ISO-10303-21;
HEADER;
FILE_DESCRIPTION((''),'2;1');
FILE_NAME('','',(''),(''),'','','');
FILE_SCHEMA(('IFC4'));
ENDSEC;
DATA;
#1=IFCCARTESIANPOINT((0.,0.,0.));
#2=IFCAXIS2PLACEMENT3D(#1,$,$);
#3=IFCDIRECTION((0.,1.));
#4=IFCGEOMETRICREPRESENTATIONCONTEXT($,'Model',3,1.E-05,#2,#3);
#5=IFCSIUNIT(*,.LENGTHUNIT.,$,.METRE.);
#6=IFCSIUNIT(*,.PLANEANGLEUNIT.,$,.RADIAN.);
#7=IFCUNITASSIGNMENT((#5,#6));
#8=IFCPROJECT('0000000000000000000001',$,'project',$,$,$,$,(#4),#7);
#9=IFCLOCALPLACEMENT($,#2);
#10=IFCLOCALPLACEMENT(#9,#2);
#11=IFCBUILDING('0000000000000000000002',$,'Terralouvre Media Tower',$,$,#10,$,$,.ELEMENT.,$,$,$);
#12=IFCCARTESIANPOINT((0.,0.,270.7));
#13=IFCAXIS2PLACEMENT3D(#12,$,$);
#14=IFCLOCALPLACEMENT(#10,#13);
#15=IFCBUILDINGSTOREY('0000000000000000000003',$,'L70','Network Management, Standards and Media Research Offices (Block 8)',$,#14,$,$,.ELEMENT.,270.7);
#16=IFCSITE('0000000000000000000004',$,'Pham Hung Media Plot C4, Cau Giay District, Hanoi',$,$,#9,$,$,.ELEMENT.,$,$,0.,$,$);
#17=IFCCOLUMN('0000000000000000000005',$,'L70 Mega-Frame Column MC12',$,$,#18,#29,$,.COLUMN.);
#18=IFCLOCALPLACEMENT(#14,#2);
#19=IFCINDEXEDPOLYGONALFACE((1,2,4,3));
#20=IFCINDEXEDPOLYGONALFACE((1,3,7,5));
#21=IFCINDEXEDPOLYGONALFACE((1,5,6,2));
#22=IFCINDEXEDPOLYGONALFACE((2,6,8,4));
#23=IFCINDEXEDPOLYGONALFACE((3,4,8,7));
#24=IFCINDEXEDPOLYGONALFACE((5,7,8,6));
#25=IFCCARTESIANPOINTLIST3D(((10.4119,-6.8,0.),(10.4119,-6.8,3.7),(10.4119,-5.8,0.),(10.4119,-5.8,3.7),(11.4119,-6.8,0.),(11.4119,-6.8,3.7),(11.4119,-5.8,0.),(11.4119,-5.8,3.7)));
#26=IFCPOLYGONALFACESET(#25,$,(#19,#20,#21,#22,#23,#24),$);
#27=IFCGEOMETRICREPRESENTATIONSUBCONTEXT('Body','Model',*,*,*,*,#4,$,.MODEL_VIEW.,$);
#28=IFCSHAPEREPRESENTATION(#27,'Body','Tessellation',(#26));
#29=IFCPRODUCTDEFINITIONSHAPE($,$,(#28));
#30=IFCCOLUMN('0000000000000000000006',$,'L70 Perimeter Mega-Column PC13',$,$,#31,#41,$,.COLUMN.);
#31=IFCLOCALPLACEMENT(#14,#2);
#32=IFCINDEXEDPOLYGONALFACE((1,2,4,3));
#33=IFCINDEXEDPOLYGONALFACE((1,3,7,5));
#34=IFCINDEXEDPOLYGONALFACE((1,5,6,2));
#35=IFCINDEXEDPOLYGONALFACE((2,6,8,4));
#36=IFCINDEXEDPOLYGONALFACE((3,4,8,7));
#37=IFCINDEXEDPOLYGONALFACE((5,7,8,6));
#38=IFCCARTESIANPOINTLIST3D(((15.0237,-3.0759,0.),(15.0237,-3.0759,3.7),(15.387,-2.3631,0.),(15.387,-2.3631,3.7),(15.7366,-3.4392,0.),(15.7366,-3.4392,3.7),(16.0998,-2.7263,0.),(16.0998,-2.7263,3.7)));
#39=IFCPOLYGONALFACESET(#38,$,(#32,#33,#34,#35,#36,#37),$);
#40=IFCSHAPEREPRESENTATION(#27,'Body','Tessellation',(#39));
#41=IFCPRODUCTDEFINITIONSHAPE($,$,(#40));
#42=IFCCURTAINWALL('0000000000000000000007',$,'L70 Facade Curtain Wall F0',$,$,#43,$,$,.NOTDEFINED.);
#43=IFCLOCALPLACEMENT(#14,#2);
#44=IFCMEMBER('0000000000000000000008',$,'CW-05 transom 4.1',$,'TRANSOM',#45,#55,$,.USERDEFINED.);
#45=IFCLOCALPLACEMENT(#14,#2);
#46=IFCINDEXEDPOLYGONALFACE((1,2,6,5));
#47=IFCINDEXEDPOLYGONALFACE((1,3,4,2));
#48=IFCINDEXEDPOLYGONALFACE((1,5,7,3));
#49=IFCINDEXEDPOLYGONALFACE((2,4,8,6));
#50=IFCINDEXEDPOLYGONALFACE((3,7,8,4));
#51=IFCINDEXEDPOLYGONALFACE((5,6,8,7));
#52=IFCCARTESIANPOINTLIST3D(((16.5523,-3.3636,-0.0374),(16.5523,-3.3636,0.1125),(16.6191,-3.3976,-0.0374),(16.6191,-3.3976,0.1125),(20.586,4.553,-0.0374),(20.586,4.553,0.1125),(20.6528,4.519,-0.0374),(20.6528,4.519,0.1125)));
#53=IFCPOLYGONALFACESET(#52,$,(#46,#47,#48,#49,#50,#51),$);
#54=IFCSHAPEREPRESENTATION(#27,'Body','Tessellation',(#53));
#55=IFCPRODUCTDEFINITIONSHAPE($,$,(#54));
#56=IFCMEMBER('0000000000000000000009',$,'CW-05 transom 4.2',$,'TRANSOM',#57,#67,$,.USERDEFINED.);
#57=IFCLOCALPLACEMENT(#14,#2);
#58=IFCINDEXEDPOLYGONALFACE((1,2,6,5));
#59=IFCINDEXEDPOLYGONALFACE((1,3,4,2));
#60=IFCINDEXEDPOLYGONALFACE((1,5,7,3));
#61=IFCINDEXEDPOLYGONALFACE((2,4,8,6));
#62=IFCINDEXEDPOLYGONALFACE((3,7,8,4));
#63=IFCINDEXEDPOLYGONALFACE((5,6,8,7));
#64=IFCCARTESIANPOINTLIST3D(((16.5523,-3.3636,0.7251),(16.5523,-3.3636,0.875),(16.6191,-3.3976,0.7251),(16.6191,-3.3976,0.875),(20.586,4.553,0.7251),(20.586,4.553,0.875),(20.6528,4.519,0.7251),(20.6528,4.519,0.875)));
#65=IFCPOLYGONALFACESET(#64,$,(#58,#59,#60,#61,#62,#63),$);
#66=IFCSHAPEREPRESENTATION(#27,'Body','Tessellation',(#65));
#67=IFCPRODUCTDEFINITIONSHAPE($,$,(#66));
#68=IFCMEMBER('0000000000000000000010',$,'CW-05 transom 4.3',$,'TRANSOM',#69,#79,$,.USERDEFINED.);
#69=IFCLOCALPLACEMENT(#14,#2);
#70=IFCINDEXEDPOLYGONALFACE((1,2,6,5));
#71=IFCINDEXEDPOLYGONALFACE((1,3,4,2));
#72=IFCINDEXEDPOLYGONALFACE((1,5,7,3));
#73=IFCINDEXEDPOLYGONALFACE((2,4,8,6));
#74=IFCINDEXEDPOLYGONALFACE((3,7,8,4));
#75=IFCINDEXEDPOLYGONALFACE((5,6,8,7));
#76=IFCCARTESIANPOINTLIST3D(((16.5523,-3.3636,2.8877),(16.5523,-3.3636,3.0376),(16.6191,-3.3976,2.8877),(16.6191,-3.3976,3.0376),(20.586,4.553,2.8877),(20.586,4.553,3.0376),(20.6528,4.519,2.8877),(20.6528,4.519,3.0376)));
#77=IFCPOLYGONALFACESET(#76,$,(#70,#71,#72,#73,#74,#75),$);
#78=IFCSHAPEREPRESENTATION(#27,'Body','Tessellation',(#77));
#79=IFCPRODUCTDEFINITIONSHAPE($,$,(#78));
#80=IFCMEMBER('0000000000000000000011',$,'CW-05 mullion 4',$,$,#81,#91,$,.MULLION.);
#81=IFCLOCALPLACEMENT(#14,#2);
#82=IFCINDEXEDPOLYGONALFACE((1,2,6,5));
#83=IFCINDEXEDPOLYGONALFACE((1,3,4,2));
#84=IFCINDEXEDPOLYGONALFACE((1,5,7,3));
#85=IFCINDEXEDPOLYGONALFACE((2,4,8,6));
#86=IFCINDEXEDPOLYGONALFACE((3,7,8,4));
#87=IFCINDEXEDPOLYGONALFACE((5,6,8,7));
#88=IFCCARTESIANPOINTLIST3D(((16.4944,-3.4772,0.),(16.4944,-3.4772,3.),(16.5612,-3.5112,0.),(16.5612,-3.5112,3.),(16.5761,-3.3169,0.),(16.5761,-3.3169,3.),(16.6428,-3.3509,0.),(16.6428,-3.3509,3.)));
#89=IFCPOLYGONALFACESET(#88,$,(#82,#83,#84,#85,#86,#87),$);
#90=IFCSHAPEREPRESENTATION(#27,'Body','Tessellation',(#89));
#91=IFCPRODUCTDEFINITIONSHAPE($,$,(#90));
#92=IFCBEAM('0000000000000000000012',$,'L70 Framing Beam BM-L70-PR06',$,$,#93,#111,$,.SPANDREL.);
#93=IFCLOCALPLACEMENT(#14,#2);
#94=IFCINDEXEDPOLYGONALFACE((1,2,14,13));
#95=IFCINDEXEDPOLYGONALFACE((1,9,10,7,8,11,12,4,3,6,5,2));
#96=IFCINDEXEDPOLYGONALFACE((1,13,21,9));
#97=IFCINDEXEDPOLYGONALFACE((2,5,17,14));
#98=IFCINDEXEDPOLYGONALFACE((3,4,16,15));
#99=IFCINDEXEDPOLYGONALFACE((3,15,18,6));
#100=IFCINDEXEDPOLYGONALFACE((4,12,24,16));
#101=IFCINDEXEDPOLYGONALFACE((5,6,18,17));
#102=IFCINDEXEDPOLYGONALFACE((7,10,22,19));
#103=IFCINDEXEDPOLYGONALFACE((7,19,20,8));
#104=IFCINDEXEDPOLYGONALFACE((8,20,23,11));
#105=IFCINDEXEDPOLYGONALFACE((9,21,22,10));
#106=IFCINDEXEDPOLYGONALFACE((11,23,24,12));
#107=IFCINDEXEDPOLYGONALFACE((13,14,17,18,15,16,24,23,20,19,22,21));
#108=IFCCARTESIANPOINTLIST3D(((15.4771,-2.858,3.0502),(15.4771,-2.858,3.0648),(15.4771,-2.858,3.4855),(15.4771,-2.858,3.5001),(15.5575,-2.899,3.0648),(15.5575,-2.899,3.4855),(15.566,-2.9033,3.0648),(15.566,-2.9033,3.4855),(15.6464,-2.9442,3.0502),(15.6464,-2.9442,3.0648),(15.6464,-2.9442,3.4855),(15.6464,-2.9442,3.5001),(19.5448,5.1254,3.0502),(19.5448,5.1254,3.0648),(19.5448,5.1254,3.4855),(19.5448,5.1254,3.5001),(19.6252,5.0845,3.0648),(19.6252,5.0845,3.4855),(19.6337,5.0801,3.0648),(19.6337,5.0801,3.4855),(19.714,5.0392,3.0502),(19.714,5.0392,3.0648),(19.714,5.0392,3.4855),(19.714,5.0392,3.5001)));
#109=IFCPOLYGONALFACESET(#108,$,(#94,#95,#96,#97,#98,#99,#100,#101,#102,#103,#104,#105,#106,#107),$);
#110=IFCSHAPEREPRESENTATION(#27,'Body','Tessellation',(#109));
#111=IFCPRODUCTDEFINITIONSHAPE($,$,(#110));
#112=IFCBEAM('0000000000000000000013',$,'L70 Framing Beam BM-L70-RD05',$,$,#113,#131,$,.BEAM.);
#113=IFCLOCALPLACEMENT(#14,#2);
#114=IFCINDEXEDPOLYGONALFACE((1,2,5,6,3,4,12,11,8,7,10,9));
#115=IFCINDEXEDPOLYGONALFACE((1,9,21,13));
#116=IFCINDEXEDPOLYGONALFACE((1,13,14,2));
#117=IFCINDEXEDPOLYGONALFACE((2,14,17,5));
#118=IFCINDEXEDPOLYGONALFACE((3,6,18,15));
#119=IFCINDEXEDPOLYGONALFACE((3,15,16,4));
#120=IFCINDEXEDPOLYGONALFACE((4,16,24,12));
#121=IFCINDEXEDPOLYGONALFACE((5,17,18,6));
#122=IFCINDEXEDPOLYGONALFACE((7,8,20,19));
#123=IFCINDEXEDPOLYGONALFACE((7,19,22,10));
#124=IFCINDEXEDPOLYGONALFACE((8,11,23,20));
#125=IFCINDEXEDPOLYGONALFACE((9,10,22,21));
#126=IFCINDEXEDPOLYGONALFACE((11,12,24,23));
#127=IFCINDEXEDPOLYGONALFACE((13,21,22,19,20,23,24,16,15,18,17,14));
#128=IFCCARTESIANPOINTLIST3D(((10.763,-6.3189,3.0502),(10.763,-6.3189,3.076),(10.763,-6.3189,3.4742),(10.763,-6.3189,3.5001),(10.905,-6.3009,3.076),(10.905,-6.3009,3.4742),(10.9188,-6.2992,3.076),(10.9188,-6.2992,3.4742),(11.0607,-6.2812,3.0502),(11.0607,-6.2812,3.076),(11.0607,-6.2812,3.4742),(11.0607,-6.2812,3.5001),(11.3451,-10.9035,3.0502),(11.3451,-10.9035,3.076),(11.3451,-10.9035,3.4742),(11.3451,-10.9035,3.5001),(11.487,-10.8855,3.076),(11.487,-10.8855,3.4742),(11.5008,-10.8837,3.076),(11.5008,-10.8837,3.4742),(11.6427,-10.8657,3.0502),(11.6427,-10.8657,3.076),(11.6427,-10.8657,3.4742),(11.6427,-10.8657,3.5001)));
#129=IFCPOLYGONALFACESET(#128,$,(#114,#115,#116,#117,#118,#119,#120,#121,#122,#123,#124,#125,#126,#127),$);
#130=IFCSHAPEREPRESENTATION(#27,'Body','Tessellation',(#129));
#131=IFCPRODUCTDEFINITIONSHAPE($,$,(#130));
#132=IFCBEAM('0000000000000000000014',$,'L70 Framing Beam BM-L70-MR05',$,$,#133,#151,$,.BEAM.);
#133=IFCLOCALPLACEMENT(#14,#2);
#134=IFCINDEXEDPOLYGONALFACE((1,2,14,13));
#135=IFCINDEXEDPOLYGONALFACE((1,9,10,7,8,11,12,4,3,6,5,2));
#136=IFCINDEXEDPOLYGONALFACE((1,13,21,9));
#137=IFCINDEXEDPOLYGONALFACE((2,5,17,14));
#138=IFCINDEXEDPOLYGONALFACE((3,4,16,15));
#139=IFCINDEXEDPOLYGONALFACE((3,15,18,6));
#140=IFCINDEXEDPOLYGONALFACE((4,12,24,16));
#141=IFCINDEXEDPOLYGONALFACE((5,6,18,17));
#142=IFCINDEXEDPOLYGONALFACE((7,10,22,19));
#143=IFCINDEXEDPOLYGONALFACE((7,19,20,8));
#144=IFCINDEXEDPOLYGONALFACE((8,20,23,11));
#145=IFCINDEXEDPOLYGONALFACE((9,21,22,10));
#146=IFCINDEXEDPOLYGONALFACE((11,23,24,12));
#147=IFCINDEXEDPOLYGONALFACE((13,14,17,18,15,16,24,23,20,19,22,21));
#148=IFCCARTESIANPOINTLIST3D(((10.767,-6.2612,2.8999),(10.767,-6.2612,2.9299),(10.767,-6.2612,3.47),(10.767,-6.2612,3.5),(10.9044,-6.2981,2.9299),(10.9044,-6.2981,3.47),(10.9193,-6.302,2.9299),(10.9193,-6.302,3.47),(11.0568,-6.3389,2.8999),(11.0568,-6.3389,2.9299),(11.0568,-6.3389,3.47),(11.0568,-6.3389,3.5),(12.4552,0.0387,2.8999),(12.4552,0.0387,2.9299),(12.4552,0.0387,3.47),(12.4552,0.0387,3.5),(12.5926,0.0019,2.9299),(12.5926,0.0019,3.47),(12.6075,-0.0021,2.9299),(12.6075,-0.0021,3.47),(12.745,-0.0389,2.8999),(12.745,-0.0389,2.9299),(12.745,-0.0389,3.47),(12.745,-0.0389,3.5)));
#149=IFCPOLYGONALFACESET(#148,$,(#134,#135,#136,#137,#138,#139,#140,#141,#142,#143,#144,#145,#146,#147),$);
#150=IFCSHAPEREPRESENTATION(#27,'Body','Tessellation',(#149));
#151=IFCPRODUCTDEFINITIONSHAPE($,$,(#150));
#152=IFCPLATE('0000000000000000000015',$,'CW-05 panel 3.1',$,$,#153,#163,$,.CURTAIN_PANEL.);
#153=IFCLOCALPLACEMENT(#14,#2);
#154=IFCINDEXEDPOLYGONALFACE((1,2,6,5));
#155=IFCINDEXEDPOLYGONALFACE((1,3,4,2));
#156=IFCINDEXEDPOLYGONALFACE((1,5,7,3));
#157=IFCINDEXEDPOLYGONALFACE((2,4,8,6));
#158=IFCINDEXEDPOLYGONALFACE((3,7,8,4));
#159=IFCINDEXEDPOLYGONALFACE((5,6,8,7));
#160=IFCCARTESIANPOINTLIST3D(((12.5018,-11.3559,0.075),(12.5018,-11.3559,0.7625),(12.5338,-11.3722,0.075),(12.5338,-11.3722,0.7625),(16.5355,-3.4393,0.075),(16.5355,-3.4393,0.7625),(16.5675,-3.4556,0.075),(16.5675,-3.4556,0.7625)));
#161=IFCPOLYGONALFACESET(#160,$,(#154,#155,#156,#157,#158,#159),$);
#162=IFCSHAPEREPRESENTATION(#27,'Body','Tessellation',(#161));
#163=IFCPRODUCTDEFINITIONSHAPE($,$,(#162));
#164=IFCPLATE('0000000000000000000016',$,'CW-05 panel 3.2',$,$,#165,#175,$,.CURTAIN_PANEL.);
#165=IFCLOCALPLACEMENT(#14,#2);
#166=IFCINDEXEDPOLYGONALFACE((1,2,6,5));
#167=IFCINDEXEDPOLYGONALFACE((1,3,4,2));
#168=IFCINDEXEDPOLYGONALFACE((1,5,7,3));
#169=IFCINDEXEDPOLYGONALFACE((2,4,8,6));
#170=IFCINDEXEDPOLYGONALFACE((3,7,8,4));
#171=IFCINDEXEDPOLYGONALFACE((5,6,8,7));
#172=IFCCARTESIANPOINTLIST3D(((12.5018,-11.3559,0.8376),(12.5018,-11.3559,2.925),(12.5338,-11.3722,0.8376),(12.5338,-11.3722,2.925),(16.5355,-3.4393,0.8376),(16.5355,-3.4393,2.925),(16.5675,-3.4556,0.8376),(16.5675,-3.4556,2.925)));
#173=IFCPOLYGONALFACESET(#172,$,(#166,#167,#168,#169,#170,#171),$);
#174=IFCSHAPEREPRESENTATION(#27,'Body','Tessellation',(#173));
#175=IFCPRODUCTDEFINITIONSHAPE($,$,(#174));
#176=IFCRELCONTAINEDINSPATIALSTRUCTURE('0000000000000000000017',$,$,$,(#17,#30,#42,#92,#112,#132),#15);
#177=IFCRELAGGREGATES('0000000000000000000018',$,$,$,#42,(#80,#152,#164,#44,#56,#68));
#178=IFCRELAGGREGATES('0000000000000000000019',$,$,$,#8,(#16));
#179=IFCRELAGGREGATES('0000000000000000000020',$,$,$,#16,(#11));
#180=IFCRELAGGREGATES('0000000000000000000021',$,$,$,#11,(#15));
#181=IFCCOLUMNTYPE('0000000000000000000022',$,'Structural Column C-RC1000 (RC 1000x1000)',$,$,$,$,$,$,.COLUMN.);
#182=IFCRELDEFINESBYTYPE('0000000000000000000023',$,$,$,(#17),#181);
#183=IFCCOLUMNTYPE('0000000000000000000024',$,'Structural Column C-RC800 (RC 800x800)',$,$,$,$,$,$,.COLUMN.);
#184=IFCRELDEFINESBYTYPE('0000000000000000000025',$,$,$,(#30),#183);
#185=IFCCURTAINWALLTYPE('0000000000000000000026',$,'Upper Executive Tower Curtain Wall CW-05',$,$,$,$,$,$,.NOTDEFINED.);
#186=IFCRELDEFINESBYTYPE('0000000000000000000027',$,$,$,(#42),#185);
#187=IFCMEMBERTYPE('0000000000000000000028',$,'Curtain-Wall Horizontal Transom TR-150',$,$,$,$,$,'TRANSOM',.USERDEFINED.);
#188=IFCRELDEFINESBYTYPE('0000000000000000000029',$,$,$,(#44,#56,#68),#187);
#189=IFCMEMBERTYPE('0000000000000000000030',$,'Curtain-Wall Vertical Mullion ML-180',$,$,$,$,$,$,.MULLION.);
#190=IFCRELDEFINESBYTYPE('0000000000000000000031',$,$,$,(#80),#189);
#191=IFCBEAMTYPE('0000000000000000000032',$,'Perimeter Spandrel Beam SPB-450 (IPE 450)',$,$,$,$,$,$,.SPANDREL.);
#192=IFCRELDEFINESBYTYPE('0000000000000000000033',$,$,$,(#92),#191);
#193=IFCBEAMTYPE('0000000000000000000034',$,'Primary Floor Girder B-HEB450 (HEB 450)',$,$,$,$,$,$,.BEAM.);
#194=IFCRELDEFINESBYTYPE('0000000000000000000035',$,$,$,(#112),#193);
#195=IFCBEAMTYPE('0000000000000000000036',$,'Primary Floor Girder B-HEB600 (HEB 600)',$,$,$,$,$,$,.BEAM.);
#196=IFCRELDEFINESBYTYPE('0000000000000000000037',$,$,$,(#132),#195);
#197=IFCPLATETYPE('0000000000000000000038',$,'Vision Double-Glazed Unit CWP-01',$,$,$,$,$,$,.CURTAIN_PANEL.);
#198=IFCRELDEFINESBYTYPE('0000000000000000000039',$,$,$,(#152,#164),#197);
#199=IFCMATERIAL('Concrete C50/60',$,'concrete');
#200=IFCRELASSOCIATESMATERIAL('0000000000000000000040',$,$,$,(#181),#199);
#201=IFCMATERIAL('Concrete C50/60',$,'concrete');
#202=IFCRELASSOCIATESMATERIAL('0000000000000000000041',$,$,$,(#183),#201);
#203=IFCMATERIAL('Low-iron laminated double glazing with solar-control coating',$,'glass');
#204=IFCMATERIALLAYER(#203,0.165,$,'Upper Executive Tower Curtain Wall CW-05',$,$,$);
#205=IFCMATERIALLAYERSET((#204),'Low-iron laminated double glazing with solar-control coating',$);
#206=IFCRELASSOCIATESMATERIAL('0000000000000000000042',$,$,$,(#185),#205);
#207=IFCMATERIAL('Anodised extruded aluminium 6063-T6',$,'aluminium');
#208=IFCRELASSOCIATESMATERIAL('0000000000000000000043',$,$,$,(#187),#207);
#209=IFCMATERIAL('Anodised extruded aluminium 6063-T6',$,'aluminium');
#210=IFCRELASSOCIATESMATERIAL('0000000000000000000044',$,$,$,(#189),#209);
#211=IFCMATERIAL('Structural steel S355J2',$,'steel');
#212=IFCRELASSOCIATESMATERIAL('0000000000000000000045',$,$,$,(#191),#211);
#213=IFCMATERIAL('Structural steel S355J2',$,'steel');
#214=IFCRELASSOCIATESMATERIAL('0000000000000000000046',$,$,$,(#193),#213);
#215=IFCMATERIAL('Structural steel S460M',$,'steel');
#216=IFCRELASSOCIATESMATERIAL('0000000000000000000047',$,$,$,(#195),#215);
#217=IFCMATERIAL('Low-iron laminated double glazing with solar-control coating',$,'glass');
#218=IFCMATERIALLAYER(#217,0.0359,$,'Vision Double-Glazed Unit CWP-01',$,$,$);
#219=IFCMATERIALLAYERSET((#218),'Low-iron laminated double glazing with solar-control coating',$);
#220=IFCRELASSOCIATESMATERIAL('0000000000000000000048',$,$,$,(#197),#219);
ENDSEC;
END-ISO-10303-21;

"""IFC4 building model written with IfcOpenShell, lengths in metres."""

from ifc_helpers import new_model, si_unit, direction, frame, origin, origin_2d, place, context, subcontext, project, spatial, rectangle, i_section, extrude, material, layer, layer_set, material_profile, profile_set, type_object, element, aggregate, save


model = new_model("IFC4")

# Units and contexts
model_context = context("Model", 3, precision=1e-05, world=origin(), true_north=direction((0.0, 1.0)))
body_context = subcontext(model_context, "Body", "Model", "MODEL_VIEW")
ifc_project = project(units=[si_unit("LENGTHUNIT", "METRE"), si_unit("PLANEANGLEUNIT", "RADIAN")], contexts=[model_context])

# Site, building, storey
site_placement = place(None, origin())
site = spatial("IfcSite", under=ifc_project, at=site_placement, Name="Pham Hung Media Plot C4, Cau Giay District, Hanoi", CompositionType="ELEMENT", RefElevation=0.0)
building_placement = place(site_placement, origin())
building = spatial("IfcBuilding", under=site, at=building_placement, Name="Terralouvre Media Tower", CompositionType="ELEMENT")
storey_placement = place(building_placement, frame((0.0, 0.0, 270.7)))
storey = spatial("IfcBuildingStorey", under=building, at=storey_placement, Name="L70", Description="Network Management, Standards and Media Research Offices (Block 8)", CompositionType="ELEMENT", Elevation=270.7)

# Columns
ifc_material_1 = material(Name="Concrete C50/60", Category="concrete")
ifc_material_profile_1 = material_profile(ifc_material_1, rectangle(XDim=1.0, YDim=1.0, at=origin_2d()), Name="RC 1000x1000")
ifc_profile_set_1 = profile_set([ifc_material_profile_1], Name="Concrete C50/60")
column_type_1 = type_object("IfcColumnType", Name="Structural Column C-RC1000 (RC 1000x1000)", PredefinedType="COLUMN", material=ifc_profile_set_1)
column_1_placement = place(storey_placement, frame((10.9119, -6.3, 0.0), z_axis=(0.0, 0.0, 1.0), x_axis=(1.0, 0.0, 0.0)))
element("IfcColumn", 1, at=column_1_placement, inside=storey, type_object=column_type_1, Name="L70 Mega-Frame Column MC12", PredefinedType="COLUMN", context=body_context, shape_type="SweptSolid", body=[
    extrude(rectangle(XDim=1.0, YDim=1.0, at=origin_2d()), origin(), (0.0, 0.0, 1.0), 3.7),
])
ifc_material_2 = material(Name="Concrete C50/60", Category="concrete")
ifc_material_profile_2 = material_profile(ifc_material_2, rectangle(XDim=0.8, YDim=0.8, at=origin_2d()), Name="RC 800x800")
ifc_profile_set_2 = profile_set([ifc_material_profile_2], Name="Concrete C50/60")
column_type_2 = type_object("IfcColumnType", Name="Structural Column C-RC800 (RC 800x800)", PredefinedType="COLUMN", material=ifc_profile_set_2)
column_2_placement = place(storey_placement, frame((15.5618, -2.9011, 0.0), z_axis=(0.0, 0.0, 1.0), x_axis=(0.45399, 0.891007, 0.0)))
element("IfcColumn", 2, at=column_2_placement, inside=storey, type_object=column_type_2, Name="L70 Perimeter Mega-Column PC13", PredefinedType="COLUMN", context=body_context, shape_type="SweptSolid", body=[
    extrude(rectangle(XDim=0.8, YDim=0.8, at=origin_2d()), origin(), (0.0, 0.0, 1.0), 3.7),
])

# Curtain wall, members
ifc_material_3 = material(Name="Low-iron laminated double glazing with solar-control coating", Category="glass")
ifc_layer_1 = layer(ifc_material_3, 0.165, Name="Upper Executive Tower Curtain Wall CW-05")
ifc_layer_set_1 = layer_set([ifc_layer_1], Name="Low-iron laminated double glazing with solar-control coating")
curtain_wall_type = type_object("IfcCurtainWallType", Name="Upper Executive Tower Curtain Wall CW-05", PredefinedType="NOTDEFINED", material=ifc_layer_set_1)
curtain_wall_placement = place(storey_placement, origin())
curtain_wall = element("IfcCurtainWall", 3, at=curtain_wall_placement, inside=storey, type_object=curtain_wall_type, Name="L70 Facade Curtain Wall F0", PredefinedType="NOTDEFINED")
ifc_material_4 = material(Name="Anodised extruded aluminium 6063-T6", Category="aluminium")
ifc_material_profile_3 = material_profile(ifc_material_4, rectangle(XDim=0.075, YDim=0.1499, at=origin_2d()), Name="ALU 75x150")
ifc_profile_set_3 = profile_set([ifc_material_profile_3], Name="Anodised extruded aluminium 6063-T6")
member_type_1 = type_object("IfcMemberType", Name="Curtain-Wall Horizontal Transom TR-150", ElementType="TRANSOM", PredefinedType="USERDEFINED", material=ifc_profile_set_3)
member_1_placement = place(storey_placement, frame((16.5857, -3.3806, 0.0376), z_axis=(0.453993, 0.891005, 0.0), x_axis=(-0.891005, 0.453993, 0.0)))
member_1 = element("IfcMember", 4, at=member_1_placement, type_object=member_type_1, Name="CW-05 transom 4.1", ObjectType="TRANSOM", PredefinedType="USERDEFINED", context=body_context, shape_type="SweptSolid", body=[
    extrude(rectangle(XDim=0.075, YDim=0.1499, at=origin_2d()), origin(), (0.0, 0.0, 1.0), 8.885),
])
member_2_placement = place(storey_placement, frame((16.5857, -3.3806, 0.8), z_axis=(0.453993, 0.891005, 0.0), x_axis=(-0.891005, 0.453993, 0.0)))
member_2 = element("IfcMember", 5, at=member_2_placement, type_object=member_type_1, Name="CW-05 transom 4.2", ObjectType="TRANSOM", PredefinedType="USERDEFINED", context=body_context, shape_type="SweptSolid", body=[
    extrude(rectangle(XDim=0.075, YDim=0.1499, at=origin_2d()), origin(), (0.0, 0.0, 1.0), 8.885),
])
member_3_placement = place(storey_placement, frame((16.5857, -3.3806, 2.9626), z_axis=(0.453993, 0.891005, 0.0), x_axis=(-0.891005, 0.453993, 0.0)))
member_3 = element("IfcMember", 6, at=member_3_placement, type_object=member_type_1, Name="CW-05 transom 4.3", ObjectType="TRANSOM", PredefinedType="USERDEFINED", context=body_context, shape_type="SweptSolid", body=[
    extrude(rectangle(XDim=0.075, YDim=0.1499, at=origin_2d()), origin(), (0.0, 0.0, 1.0), 8.885),
])
ifc_material_5 = material(Name="Anodised extruded aluminium 6063-T6", Category="aluminium")
ifc_material_profile_4 = material_profile(ifc_material_5, rectangle(XDim=0.075, YDim=0.1799, at=origin_2d()), Name="ALU 75x180")
ifc_profile_set_4 = profile_set([ifc_material_profile_4], Name="Anodised extruded aluminium 6063-T6")
member_type_2 = type_object("IfcMemberType", Name="Curtain-Wall Vertical Mullion ML-180", PredefinedType="MULLION", material=ifc_profile_set_4)
member_4_placement = place(storey_placement, frame((16.5686, -3.4141, 0.0), z_axis=(0.0, 0.0, 1.0), x_axis=(-0.891007, 0.45399, 0.0)))
member_4 = element("IfcMember", 7, at=member_4_placement, type_object=member_type_2, Name="CW-05 mullion 4", PredefinedType="MULLION", context=body_context, shape_type="SweptSolid", body=[
    extrude(rectangle(XDim=0.075, YDim=0.1799, at=origin_2d()), origin(), (0.0, 0.0, 1.0), 3.0),
])

# Beams
ifc_material_6 = material(Name="Structural steel S355J2", Category="steel")
ifc_material_profile_5 = material_profile(ifc_material_6, i_section(OverallWidth=0.1899, OverallDepth=0.45, WebThickness=0.0095, FlangeThickness=0.0146, at=origin_2d()), Name="IPE 450")
ifc_profile_set_5 = profile_set([ifc_material_profile_5], Name="Structural steel S355J2")
beam_type_1 = type_object("IfcBeamType", Name="Perimeter Spandrel Beam SPB-450 (IPE 450)", PredefinedType="SPANDREL", material=ifc_profile_set_5)
beam_1_placement = place(storey_placement, frame((15.5618, -2.9011, 3.2751), z_axis=(0.45398, 0.891012, 0.0), x_axis=(-0.891012, 0.45398, 0.0)))
element("IfcBeam", 8, at=beam_1_placement, inside=storey, type_object=beam_type_1, Name="L70 Framing Beam BM-L70-PR06", PredefinedType="SPANDREL", context=body_context, shape_type="SweptSolid", body=[
    extrude(i_section(OverallWidth=0.1899, OverallDepth=0.45, WebThickness=0.0095, FlangeThickness=0.0146, at=origin_2d()), origin(), (0.0, 0.0, 1.0), 8.96),
])
ifc_material_7 = material(Name="Structural steel S355J2", Category="steel")
ifc_material_profile_6 = material_profile(ifc_material_7, i_section(OverallWidth=0.3, OverallDepth=0.45, WebThickness=0.0139, FlangeThickness=0.0259, at=origin_2d()), Name="HEB 450")
ifc_profile_set_6 = profile_set([ifc_material_profile_6], Name="Structural steel S355J2")
beam_type_2 = type_object("IfcBeamType", Name="Primary Floor Girder B-HEB450 (HEB 450)", PredefinedType="BEAM", material=ifc_profile_set_6)
beam_2_placement = place(storey_placement, frame((10.9119, -6.3, 3.2751), z_axis=(0.125946, -0.992037, 0.0), x_axis=(0.992037, 0.125946, 0.0)))
element("IfcBeam", 9, at=beam_2_placement, inside=storey, type_object=beam_type_2, Name="L70 Framing Beam BM-L70-RD05", PredefinedType="BEAM", context=body_context, shape_type="SweptSolid", body=[
    extrude(i_section(OverallWidth=0.3, OverallDepth=0.45, WebThickness=0.0139, FlangeThickness=0.0259, at=origin_2d()), origin(), (0.0, 0.0, 1.0), 4.6213),
])
ifc_material_8 = material(Name="Structural steel S460M", Category="steel")
ifc_material_profile_7 = material_profile(ifc_material_8, i_section(OverallWidth=0.3, OverallDepth=0.6001, WebThickness=0.0154, FlangeThickness=0.03, at=origin_2d()), Name="HEB 600")
ifc_profile_set_7 = profile_set([ifc_material_profile_7], Name="Structural steel S460M")
beam_type_3 = type_object("IfcBeamType", Name="Primary Floor Girder B-HEB600 (HEB 600)", PredefinedType="BEAM", material=ifc_profile_set_7)
beam_3_placement = place(storey_placement, frame((10.9119, -6.3, 3.2), z_axis=(0.258839, 0.96592, 0.0), x_axis=(-0.96592, 0.258839, 0.0)))
element("IfcBeam", 10, at=beam_3_placement, inside=storey, type_object=beam_type_3, Name="L70 Framing Beam BM-L70-MR05", PredefinedType="BEAM", context=body_context, shape_type="SweptSolid", body=[
    extrude(i_section(OverallWidth=0.3, OverallDepth=0.6001, WebThickness=0.0154, FlangeThickness=0.03, at=origin_2d()), origin(), (0.0, 0.0, 1.0), 6.5222),
])

# Plates
ifc_material_9 = material(Name="Low-iron laminated double glazing with solar-control coating", Category="glass")
ifc_layer_2 = layer(ifc_material_9, 0.0359, Name="Vision Double-Glazed Unit CWP-01")
ifc_layer_set_2 = layer_set([ifc_layer_2], Name="Low-iron laminated double glazing with solar-control coating")
plate_type = type_object("IfcPlateType", Name="Vision Double-Glazed Unit CWP-01", PredefinedType="CURTAIN_PANEL", material=ifc_layer_set_2)
plate_1_placement = place(storey_placement, frame((14.5347, -7.4058, 0.075), z_axis=(0.0, 0.0, 1.0), x_axis=(0.45399, 0.891007, 0.0)))
plate_1 = element("IfcPlate", 11, at=plate_1_placement, type_object=plate_type, Name="CW-05 panel 3.1", PredefinedType="CURTAIN_PANEL", context=body_context, shape_type="SweptSolid", body=[
    extrude(rectangle(XDim=8.885, YDim=0.0359, at=origin_2d()), origin(), (0.0, 0.0, 1.0), 0.6875),
])
plate_2_placement = place(storey_placement, frame((14.5347, -7.4058, 0.8376), z_axis=(0.0, 0.0, 1.0), x_axis=(0.45399, 0.891007, 0.0)))
plate_2 = element("IfcPlate", 12, at=plate_2_placement, type_object=plate_type, Name="CW-05 panel 3.2", PredefinedType="CURTAIN_PANEL", context=body_context, shape_type="SweptSolid", body=[
    extrude(rectangle(XDim=8.885, YDim=0.0359, at=origin_2d()), origin(), (0.0, 0.0, 1.0), 2.0874),
])
aggregate(curtain_wall, [member_4, plate_1, plate_2, member_1, member_2, member_3])

save(model, "model.ifc")
